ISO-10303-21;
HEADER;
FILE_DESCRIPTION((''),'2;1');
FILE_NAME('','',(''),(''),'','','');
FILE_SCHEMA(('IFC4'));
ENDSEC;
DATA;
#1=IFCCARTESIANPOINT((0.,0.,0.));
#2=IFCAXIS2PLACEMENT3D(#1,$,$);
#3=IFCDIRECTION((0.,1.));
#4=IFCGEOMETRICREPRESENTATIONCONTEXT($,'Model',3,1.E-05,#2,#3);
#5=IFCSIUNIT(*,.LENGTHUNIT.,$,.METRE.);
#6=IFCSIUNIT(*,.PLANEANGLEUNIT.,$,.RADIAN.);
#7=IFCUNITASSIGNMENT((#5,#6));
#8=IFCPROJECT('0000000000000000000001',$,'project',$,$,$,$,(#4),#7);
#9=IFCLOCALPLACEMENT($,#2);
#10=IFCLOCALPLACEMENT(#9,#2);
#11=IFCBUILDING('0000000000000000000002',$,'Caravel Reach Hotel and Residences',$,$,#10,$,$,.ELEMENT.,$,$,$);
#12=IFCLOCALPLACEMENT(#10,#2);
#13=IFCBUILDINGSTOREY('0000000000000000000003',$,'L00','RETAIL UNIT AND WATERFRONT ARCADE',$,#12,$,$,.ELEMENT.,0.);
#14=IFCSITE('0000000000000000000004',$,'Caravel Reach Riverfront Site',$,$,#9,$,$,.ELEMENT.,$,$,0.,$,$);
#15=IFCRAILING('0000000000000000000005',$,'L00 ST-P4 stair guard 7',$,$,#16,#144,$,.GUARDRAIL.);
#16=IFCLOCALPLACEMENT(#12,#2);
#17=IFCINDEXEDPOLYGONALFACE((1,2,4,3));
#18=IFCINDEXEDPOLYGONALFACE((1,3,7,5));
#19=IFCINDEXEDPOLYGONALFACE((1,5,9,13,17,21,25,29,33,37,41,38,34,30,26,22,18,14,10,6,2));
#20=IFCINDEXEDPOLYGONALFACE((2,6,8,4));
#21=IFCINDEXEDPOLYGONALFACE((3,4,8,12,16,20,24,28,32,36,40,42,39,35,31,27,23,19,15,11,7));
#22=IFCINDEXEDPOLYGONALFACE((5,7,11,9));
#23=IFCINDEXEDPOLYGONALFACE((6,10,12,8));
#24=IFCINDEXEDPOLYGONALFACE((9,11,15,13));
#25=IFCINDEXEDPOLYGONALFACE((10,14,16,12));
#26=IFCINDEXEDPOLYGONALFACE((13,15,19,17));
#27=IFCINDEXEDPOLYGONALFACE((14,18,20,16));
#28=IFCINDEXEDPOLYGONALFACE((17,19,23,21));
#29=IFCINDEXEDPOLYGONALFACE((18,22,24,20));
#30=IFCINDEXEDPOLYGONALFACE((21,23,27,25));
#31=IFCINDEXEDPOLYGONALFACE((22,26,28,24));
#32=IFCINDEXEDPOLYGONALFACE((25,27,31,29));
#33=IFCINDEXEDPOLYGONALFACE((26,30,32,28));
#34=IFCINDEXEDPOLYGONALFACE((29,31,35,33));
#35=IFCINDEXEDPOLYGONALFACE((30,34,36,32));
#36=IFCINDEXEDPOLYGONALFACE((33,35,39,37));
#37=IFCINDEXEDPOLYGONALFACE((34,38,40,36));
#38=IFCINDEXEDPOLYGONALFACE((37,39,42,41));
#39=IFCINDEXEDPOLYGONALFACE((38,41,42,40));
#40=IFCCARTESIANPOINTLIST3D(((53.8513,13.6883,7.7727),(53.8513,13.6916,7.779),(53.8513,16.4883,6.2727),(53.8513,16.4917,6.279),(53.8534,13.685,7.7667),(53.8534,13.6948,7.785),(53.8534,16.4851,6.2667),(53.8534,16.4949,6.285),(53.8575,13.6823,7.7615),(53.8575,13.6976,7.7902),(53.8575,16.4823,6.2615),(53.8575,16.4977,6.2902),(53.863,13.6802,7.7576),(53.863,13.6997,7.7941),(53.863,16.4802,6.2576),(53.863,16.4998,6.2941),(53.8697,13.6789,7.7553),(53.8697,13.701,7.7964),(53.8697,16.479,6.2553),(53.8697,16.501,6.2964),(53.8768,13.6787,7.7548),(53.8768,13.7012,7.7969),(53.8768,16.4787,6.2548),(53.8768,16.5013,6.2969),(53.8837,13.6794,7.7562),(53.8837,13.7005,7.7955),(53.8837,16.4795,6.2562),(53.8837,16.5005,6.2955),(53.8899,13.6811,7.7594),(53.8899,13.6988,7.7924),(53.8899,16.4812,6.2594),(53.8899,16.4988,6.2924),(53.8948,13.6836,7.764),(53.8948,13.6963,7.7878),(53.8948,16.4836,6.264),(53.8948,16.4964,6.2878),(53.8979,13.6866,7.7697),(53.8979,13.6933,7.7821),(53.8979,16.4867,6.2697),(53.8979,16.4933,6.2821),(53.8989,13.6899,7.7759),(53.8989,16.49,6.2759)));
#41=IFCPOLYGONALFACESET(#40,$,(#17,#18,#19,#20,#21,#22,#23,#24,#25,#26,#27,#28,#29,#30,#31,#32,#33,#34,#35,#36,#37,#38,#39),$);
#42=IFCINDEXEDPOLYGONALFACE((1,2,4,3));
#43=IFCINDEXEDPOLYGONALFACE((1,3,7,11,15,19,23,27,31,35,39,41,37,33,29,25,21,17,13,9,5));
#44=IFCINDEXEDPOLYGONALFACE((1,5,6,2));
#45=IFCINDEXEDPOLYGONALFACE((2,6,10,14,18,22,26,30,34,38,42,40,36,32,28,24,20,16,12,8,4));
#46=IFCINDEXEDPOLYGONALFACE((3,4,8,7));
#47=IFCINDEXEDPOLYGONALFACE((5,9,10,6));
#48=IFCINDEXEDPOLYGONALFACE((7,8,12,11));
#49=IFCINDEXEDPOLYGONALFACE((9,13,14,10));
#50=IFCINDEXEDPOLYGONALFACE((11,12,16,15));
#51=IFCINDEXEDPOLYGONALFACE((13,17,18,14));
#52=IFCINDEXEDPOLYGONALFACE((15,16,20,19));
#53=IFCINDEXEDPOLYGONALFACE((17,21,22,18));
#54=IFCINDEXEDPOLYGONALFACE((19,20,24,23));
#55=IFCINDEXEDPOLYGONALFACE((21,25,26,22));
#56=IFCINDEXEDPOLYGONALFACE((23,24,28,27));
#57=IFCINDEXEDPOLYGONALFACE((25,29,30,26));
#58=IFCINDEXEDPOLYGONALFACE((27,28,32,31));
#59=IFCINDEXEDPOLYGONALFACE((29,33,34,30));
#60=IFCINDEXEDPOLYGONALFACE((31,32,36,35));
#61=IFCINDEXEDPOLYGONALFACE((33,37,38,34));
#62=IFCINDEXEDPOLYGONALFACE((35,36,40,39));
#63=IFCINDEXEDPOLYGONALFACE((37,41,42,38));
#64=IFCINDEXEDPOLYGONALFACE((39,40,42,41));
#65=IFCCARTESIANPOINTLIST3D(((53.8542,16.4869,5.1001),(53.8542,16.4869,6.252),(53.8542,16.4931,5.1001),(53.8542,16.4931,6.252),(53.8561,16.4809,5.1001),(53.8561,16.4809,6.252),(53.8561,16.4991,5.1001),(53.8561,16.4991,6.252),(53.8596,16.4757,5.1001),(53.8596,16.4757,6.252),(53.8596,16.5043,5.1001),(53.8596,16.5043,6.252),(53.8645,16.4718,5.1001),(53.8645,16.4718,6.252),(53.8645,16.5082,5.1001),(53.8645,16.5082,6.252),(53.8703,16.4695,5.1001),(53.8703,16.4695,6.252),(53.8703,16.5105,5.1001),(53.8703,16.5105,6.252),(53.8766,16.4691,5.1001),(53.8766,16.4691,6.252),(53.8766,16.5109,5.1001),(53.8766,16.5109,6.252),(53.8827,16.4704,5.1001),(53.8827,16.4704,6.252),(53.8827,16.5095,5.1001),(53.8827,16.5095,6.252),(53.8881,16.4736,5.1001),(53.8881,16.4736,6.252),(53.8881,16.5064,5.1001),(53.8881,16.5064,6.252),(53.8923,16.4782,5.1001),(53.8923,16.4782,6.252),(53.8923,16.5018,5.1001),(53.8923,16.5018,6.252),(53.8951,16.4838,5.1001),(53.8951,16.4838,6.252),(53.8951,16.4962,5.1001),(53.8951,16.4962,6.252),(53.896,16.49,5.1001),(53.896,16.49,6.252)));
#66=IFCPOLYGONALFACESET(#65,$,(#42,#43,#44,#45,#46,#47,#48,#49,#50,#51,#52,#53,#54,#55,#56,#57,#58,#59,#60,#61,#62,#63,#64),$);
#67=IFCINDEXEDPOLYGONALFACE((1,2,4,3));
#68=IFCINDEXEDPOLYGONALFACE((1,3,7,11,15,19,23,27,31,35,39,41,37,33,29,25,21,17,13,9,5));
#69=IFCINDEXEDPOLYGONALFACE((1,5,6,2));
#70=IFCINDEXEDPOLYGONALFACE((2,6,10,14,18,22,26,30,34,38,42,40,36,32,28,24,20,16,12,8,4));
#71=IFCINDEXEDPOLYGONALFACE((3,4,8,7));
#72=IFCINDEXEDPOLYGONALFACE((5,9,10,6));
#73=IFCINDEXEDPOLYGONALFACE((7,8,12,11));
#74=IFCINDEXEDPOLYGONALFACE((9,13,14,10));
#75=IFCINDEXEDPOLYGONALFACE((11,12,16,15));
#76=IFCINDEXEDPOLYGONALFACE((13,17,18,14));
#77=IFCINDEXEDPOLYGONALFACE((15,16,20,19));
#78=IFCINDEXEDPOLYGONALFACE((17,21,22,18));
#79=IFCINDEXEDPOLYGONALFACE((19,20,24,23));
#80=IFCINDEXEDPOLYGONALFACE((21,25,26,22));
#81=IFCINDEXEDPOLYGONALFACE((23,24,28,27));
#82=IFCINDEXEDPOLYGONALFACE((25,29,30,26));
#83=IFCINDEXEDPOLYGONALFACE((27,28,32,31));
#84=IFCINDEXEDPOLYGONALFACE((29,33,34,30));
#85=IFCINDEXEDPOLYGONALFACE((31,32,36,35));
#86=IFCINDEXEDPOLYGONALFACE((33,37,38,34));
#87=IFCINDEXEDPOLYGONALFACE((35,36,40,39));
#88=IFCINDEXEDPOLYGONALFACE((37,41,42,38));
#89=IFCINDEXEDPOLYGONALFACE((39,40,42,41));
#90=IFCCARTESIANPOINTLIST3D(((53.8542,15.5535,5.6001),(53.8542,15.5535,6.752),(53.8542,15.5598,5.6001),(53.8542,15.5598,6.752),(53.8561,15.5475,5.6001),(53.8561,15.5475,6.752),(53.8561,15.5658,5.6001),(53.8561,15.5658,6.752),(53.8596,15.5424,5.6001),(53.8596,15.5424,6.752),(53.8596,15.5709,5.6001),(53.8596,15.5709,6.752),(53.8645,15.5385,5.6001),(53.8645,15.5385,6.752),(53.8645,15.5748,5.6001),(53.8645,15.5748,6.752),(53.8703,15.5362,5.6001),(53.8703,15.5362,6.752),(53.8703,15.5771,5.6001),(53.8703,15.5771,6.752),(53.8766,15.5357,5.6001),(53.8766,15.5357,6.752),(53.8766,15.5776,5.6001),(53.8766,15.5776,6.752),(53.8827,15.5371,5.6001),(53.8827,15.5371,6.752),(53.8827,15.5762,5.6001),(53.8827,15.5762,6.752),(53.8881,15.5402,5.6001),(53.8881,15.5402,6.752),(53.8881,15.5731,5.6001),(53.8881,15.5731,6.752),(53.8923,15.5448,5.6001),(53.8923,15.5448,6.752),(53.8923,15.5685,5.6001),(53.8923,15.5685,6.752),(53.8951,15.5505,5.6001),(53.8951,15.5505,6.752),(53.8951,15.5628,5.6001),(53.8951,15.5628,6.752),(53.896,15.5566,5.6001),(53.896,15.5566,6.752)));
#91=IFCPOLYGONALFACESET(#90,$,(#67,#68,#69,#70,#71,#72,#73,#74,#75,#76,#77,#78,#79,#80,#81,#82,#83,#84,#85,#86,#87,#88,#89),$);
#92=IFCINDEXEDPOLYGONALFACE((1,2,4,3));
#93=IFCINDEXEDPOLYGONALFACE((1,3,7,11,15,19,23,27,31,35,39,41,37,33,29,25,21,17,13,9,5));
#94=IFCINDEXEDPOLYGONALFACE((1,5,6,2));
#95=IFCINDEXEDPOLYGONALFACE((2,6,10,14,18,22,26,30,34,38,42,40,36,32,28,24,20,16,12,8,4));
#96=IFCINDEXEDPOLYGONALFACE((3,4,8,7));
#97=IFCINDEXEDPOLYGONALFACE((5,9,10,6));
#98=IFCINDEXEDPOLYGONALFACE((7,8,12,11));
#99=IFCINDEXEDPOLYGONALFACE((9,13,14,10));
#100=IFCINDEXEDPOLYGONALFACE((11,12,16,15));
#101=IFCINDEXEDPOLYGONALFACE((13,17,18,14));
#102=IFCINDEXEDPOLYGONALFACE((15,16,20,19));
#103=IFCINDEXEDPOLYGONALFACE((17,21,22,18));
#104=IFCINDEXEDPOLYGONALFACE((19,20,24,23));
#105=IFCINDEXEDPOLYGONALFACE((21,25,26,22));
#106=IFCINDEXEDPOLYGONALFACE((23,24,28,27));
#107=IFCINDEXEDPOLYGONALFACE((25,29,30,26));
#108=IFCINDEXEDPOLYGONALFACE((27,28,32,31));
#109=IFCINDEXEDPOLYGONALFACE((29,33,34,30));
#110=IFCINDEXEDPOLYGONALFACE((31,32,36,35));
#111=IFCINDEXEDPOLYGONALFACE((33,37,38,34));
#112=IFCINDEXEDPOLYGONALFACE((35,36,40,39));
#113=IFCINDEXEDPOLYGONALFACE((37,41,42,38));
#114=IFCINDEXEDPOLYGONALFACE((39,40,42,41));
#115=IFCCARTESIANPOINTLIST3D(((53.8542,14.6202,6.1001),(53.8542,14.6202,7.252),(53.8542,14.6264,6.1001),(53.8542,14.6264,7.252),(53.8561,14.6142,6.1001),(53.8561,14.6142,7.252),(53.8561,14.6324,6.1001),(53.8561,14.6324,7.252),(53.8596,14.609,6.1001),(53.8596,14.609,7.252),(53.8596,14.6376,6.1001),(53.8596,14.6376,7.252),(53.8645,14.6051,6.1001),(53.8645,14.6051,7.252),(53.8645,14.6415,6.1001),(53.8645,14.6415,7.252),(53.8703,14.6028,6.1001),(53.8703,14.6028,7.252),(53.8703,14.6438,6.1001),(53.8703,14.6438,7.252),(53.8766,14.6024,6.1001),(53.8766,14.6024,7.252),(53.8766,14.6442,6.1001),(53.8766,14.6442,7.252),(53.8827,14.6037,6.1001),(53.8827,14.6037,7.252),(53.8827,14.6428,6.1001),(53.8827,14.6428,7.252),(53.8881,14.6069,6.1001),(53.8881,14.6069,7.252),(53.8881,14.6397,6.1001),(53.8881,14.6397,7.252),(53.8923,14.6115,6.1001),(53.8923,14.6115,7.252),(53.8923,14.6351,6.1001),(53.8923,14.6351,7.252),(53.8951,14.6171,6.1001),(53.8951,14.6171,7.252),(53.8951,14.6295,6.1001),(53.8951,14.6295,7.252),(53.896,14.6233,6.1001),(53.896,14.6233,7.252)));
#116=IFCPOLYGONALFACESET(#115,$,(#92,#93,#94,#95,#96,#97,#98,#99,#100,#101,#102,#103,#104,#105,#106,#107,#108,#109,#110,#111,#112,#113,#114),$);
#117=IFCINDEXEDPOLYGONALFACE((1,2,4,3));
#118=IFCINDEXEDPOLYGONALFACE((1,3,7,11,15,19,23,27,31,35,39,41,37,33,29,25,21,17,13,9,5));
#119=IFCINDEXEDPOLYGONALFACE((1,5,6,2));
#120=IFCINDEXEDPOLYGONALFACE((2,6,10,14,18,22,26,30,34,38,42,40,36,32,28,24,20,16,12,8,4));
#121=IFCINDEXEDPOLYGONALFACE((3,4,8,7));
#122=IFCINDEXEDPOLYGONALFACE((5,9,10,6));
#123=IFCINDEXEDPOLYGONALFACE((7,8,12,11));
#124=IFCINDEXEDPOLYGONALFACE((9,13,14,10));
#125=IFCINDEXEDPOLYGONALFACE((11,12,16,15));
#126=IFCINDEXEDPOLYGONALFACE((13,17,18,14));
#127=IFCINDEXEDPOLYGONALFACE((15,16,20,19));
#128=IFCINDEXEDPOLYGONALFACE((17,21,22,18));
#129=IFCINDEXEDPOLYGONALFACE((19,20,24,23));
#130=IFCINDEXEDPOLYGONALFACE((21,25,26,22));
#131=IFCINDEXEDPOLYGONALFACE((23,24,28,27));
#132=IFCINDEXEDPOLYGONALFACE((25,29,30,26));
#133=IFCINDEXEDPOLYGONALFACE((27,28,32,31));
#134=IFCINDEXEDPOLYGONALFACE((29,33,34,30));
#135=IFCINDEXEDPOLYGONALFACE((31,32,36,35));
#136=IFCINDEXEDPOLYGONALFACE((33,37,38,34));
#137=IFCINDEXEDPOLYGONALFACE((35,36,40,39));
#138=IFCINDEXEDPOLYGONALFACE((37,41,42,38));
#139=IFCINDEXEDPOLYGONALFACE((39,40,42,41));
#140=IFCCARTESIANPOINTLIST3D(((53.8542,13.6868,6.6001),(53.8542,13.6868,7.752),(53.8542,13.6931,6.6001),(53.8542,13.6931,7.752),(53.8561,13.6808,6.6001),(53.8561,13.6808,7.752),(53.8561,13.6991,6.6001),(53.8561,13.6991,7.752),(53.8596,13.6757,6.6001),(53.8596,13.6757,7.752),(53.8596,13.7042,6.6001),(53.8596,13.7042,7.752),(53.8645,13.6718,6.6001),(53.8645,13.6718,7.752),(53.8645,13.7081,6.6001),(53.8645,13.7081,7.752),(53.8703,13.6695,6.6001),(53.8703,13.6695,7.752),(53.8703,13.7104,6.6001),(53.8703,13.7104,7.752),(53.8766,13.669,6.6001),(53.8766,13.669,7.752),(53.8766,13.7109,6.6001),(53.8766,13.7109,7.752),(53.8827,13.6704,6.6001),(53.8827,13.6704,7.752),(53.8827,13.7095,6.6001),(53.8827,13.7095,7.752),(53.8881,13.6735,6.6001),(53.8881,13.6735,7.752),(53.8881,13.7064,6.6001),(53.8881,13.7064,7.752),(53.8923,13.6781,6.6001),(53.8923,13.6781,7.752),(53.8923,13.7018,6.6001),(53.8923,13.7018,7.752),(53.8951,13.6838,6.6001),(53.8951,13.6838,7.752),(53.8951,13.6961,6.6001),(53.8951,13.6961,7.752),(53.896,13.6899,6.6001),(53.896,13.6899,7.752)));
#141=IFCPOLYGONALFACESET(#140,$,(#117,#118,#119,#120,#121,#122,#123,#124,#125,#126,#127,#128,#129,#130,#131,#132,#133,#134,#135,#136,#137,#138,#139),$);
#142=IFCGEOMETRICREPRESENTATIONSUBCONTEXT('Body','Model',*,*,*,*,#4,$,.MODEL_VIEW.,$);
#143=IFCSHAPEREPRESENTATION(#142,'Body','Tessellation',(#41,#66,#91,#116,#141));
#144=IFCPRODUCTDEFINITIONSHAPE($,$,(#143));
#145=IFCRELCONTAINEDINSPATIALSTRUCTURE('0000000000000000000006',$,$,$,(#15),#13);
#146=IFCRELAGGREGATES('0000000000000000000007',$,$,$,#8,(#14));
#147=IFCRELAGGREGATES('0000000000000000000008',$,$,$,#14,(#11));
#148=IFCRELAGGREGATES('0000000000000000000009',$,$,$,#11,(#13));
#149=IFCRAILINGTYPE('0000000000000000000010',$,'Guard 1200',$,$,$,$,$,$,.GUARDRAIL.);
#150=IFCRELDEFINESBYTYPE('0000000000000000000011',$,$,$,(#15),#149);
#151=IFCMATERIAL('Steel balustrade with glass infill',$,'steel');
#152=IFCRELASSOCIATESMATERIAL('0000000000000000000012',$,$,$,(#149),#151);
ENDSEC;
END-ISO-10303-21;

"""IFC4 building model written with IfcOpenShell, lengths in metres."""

from ifc_helpers import new_model, si_unit, direction, frame, origin, origin_2d, place, context, subcontext, project, spatial, circle, extrude, material, type_object, element, save


model = new_model("IFC4")

# Units and contexts
model_context = context("Model", 3, precision=1e-05, world=origin(), true_north=direction((0.0, 1.0)))
body_context = subcontext(model_context, "Body", "Model", "MODEL_VIEW")
ifc_project = project(units=[si_unit("LENGTHUNIT", "METRE"), si_unit("PLANEANGLEUNIT", "RADIAN")], contexts=[model_context])

# Site, building, storey
site_placement = place(None, origin())
site = spatial("IfcSite", under=ifc_project, at=site_placement, Name="Caravel Reach Riverfront Site", CompositionType="ELEMENT", RefElevation=0.0)
building_placement = place(site_placement, origin())
building = spatial("IfcBuilding", under=site, at=building_placement, Name="Caravel Reach Hotel and Residences", CompositionType="ELEMENT")
storey_placement = place(building_placement, origin())
storey = spatial("IfcBuildingStorey", under=building, at=storey_placement, Name="L00", Description="RETAIL UNIT AND WATERFRONT ARCADE", CompositionType="ELEMENT", Elevation=0.0)

# Railing
ifc_material_1 = material(Name="Steel balustrade with glass infill", Category="steel")
railing_type_1 = type_object("IfcRailingType", Name="Guard 1200", PredefinedType="GUARDRAIL", material=ifc_material_1)
railing_1_placement = place(storey_placement, frame((53.875, 16.49, 5.1001)))
element("IfcRailing", 1, at=railing_1_placement, inside=storey, type_object=railing_type_1, Name="L00 ST-P4 stair guard 7", PredefinedType="GUARDRAIL", context=body_context, shape_type="SweptSolid", body=[
    extrude(circle(Radius=0.0239, at=origin_2d()), frame((0.0, 0.0, 1.1758), z_axis=(0.0, -0.881483, 0.472215), x_axis=(1.0, 0.0, 0.0)), (0.0, 0.0, 1.0), 3.1765),
    extrude(circle(Radius=0.021, at=origin_2d()), origin(), (0.0, 0.0, 1.0), 1.1519),
    extrude(circle(Radius=0.021, at=origin_2d()), frame((0.0, -0.9333, 0.5)), (0.0, 0.0, 1.0), 1.1519),
    extrude(circle(Radius=0.021, at=origin_2d()), frame((0.0, -1.8667, 1.0)), (0.0, 0.0, 1.0), 1.1519),
    extrude(circle(Radius=0.021, at=origin_2d()), frame((0.0, -2.8, 1.5)), (0.0, 0.0, 1.0), 1.1519),
])

save(model, "model.ifc")
